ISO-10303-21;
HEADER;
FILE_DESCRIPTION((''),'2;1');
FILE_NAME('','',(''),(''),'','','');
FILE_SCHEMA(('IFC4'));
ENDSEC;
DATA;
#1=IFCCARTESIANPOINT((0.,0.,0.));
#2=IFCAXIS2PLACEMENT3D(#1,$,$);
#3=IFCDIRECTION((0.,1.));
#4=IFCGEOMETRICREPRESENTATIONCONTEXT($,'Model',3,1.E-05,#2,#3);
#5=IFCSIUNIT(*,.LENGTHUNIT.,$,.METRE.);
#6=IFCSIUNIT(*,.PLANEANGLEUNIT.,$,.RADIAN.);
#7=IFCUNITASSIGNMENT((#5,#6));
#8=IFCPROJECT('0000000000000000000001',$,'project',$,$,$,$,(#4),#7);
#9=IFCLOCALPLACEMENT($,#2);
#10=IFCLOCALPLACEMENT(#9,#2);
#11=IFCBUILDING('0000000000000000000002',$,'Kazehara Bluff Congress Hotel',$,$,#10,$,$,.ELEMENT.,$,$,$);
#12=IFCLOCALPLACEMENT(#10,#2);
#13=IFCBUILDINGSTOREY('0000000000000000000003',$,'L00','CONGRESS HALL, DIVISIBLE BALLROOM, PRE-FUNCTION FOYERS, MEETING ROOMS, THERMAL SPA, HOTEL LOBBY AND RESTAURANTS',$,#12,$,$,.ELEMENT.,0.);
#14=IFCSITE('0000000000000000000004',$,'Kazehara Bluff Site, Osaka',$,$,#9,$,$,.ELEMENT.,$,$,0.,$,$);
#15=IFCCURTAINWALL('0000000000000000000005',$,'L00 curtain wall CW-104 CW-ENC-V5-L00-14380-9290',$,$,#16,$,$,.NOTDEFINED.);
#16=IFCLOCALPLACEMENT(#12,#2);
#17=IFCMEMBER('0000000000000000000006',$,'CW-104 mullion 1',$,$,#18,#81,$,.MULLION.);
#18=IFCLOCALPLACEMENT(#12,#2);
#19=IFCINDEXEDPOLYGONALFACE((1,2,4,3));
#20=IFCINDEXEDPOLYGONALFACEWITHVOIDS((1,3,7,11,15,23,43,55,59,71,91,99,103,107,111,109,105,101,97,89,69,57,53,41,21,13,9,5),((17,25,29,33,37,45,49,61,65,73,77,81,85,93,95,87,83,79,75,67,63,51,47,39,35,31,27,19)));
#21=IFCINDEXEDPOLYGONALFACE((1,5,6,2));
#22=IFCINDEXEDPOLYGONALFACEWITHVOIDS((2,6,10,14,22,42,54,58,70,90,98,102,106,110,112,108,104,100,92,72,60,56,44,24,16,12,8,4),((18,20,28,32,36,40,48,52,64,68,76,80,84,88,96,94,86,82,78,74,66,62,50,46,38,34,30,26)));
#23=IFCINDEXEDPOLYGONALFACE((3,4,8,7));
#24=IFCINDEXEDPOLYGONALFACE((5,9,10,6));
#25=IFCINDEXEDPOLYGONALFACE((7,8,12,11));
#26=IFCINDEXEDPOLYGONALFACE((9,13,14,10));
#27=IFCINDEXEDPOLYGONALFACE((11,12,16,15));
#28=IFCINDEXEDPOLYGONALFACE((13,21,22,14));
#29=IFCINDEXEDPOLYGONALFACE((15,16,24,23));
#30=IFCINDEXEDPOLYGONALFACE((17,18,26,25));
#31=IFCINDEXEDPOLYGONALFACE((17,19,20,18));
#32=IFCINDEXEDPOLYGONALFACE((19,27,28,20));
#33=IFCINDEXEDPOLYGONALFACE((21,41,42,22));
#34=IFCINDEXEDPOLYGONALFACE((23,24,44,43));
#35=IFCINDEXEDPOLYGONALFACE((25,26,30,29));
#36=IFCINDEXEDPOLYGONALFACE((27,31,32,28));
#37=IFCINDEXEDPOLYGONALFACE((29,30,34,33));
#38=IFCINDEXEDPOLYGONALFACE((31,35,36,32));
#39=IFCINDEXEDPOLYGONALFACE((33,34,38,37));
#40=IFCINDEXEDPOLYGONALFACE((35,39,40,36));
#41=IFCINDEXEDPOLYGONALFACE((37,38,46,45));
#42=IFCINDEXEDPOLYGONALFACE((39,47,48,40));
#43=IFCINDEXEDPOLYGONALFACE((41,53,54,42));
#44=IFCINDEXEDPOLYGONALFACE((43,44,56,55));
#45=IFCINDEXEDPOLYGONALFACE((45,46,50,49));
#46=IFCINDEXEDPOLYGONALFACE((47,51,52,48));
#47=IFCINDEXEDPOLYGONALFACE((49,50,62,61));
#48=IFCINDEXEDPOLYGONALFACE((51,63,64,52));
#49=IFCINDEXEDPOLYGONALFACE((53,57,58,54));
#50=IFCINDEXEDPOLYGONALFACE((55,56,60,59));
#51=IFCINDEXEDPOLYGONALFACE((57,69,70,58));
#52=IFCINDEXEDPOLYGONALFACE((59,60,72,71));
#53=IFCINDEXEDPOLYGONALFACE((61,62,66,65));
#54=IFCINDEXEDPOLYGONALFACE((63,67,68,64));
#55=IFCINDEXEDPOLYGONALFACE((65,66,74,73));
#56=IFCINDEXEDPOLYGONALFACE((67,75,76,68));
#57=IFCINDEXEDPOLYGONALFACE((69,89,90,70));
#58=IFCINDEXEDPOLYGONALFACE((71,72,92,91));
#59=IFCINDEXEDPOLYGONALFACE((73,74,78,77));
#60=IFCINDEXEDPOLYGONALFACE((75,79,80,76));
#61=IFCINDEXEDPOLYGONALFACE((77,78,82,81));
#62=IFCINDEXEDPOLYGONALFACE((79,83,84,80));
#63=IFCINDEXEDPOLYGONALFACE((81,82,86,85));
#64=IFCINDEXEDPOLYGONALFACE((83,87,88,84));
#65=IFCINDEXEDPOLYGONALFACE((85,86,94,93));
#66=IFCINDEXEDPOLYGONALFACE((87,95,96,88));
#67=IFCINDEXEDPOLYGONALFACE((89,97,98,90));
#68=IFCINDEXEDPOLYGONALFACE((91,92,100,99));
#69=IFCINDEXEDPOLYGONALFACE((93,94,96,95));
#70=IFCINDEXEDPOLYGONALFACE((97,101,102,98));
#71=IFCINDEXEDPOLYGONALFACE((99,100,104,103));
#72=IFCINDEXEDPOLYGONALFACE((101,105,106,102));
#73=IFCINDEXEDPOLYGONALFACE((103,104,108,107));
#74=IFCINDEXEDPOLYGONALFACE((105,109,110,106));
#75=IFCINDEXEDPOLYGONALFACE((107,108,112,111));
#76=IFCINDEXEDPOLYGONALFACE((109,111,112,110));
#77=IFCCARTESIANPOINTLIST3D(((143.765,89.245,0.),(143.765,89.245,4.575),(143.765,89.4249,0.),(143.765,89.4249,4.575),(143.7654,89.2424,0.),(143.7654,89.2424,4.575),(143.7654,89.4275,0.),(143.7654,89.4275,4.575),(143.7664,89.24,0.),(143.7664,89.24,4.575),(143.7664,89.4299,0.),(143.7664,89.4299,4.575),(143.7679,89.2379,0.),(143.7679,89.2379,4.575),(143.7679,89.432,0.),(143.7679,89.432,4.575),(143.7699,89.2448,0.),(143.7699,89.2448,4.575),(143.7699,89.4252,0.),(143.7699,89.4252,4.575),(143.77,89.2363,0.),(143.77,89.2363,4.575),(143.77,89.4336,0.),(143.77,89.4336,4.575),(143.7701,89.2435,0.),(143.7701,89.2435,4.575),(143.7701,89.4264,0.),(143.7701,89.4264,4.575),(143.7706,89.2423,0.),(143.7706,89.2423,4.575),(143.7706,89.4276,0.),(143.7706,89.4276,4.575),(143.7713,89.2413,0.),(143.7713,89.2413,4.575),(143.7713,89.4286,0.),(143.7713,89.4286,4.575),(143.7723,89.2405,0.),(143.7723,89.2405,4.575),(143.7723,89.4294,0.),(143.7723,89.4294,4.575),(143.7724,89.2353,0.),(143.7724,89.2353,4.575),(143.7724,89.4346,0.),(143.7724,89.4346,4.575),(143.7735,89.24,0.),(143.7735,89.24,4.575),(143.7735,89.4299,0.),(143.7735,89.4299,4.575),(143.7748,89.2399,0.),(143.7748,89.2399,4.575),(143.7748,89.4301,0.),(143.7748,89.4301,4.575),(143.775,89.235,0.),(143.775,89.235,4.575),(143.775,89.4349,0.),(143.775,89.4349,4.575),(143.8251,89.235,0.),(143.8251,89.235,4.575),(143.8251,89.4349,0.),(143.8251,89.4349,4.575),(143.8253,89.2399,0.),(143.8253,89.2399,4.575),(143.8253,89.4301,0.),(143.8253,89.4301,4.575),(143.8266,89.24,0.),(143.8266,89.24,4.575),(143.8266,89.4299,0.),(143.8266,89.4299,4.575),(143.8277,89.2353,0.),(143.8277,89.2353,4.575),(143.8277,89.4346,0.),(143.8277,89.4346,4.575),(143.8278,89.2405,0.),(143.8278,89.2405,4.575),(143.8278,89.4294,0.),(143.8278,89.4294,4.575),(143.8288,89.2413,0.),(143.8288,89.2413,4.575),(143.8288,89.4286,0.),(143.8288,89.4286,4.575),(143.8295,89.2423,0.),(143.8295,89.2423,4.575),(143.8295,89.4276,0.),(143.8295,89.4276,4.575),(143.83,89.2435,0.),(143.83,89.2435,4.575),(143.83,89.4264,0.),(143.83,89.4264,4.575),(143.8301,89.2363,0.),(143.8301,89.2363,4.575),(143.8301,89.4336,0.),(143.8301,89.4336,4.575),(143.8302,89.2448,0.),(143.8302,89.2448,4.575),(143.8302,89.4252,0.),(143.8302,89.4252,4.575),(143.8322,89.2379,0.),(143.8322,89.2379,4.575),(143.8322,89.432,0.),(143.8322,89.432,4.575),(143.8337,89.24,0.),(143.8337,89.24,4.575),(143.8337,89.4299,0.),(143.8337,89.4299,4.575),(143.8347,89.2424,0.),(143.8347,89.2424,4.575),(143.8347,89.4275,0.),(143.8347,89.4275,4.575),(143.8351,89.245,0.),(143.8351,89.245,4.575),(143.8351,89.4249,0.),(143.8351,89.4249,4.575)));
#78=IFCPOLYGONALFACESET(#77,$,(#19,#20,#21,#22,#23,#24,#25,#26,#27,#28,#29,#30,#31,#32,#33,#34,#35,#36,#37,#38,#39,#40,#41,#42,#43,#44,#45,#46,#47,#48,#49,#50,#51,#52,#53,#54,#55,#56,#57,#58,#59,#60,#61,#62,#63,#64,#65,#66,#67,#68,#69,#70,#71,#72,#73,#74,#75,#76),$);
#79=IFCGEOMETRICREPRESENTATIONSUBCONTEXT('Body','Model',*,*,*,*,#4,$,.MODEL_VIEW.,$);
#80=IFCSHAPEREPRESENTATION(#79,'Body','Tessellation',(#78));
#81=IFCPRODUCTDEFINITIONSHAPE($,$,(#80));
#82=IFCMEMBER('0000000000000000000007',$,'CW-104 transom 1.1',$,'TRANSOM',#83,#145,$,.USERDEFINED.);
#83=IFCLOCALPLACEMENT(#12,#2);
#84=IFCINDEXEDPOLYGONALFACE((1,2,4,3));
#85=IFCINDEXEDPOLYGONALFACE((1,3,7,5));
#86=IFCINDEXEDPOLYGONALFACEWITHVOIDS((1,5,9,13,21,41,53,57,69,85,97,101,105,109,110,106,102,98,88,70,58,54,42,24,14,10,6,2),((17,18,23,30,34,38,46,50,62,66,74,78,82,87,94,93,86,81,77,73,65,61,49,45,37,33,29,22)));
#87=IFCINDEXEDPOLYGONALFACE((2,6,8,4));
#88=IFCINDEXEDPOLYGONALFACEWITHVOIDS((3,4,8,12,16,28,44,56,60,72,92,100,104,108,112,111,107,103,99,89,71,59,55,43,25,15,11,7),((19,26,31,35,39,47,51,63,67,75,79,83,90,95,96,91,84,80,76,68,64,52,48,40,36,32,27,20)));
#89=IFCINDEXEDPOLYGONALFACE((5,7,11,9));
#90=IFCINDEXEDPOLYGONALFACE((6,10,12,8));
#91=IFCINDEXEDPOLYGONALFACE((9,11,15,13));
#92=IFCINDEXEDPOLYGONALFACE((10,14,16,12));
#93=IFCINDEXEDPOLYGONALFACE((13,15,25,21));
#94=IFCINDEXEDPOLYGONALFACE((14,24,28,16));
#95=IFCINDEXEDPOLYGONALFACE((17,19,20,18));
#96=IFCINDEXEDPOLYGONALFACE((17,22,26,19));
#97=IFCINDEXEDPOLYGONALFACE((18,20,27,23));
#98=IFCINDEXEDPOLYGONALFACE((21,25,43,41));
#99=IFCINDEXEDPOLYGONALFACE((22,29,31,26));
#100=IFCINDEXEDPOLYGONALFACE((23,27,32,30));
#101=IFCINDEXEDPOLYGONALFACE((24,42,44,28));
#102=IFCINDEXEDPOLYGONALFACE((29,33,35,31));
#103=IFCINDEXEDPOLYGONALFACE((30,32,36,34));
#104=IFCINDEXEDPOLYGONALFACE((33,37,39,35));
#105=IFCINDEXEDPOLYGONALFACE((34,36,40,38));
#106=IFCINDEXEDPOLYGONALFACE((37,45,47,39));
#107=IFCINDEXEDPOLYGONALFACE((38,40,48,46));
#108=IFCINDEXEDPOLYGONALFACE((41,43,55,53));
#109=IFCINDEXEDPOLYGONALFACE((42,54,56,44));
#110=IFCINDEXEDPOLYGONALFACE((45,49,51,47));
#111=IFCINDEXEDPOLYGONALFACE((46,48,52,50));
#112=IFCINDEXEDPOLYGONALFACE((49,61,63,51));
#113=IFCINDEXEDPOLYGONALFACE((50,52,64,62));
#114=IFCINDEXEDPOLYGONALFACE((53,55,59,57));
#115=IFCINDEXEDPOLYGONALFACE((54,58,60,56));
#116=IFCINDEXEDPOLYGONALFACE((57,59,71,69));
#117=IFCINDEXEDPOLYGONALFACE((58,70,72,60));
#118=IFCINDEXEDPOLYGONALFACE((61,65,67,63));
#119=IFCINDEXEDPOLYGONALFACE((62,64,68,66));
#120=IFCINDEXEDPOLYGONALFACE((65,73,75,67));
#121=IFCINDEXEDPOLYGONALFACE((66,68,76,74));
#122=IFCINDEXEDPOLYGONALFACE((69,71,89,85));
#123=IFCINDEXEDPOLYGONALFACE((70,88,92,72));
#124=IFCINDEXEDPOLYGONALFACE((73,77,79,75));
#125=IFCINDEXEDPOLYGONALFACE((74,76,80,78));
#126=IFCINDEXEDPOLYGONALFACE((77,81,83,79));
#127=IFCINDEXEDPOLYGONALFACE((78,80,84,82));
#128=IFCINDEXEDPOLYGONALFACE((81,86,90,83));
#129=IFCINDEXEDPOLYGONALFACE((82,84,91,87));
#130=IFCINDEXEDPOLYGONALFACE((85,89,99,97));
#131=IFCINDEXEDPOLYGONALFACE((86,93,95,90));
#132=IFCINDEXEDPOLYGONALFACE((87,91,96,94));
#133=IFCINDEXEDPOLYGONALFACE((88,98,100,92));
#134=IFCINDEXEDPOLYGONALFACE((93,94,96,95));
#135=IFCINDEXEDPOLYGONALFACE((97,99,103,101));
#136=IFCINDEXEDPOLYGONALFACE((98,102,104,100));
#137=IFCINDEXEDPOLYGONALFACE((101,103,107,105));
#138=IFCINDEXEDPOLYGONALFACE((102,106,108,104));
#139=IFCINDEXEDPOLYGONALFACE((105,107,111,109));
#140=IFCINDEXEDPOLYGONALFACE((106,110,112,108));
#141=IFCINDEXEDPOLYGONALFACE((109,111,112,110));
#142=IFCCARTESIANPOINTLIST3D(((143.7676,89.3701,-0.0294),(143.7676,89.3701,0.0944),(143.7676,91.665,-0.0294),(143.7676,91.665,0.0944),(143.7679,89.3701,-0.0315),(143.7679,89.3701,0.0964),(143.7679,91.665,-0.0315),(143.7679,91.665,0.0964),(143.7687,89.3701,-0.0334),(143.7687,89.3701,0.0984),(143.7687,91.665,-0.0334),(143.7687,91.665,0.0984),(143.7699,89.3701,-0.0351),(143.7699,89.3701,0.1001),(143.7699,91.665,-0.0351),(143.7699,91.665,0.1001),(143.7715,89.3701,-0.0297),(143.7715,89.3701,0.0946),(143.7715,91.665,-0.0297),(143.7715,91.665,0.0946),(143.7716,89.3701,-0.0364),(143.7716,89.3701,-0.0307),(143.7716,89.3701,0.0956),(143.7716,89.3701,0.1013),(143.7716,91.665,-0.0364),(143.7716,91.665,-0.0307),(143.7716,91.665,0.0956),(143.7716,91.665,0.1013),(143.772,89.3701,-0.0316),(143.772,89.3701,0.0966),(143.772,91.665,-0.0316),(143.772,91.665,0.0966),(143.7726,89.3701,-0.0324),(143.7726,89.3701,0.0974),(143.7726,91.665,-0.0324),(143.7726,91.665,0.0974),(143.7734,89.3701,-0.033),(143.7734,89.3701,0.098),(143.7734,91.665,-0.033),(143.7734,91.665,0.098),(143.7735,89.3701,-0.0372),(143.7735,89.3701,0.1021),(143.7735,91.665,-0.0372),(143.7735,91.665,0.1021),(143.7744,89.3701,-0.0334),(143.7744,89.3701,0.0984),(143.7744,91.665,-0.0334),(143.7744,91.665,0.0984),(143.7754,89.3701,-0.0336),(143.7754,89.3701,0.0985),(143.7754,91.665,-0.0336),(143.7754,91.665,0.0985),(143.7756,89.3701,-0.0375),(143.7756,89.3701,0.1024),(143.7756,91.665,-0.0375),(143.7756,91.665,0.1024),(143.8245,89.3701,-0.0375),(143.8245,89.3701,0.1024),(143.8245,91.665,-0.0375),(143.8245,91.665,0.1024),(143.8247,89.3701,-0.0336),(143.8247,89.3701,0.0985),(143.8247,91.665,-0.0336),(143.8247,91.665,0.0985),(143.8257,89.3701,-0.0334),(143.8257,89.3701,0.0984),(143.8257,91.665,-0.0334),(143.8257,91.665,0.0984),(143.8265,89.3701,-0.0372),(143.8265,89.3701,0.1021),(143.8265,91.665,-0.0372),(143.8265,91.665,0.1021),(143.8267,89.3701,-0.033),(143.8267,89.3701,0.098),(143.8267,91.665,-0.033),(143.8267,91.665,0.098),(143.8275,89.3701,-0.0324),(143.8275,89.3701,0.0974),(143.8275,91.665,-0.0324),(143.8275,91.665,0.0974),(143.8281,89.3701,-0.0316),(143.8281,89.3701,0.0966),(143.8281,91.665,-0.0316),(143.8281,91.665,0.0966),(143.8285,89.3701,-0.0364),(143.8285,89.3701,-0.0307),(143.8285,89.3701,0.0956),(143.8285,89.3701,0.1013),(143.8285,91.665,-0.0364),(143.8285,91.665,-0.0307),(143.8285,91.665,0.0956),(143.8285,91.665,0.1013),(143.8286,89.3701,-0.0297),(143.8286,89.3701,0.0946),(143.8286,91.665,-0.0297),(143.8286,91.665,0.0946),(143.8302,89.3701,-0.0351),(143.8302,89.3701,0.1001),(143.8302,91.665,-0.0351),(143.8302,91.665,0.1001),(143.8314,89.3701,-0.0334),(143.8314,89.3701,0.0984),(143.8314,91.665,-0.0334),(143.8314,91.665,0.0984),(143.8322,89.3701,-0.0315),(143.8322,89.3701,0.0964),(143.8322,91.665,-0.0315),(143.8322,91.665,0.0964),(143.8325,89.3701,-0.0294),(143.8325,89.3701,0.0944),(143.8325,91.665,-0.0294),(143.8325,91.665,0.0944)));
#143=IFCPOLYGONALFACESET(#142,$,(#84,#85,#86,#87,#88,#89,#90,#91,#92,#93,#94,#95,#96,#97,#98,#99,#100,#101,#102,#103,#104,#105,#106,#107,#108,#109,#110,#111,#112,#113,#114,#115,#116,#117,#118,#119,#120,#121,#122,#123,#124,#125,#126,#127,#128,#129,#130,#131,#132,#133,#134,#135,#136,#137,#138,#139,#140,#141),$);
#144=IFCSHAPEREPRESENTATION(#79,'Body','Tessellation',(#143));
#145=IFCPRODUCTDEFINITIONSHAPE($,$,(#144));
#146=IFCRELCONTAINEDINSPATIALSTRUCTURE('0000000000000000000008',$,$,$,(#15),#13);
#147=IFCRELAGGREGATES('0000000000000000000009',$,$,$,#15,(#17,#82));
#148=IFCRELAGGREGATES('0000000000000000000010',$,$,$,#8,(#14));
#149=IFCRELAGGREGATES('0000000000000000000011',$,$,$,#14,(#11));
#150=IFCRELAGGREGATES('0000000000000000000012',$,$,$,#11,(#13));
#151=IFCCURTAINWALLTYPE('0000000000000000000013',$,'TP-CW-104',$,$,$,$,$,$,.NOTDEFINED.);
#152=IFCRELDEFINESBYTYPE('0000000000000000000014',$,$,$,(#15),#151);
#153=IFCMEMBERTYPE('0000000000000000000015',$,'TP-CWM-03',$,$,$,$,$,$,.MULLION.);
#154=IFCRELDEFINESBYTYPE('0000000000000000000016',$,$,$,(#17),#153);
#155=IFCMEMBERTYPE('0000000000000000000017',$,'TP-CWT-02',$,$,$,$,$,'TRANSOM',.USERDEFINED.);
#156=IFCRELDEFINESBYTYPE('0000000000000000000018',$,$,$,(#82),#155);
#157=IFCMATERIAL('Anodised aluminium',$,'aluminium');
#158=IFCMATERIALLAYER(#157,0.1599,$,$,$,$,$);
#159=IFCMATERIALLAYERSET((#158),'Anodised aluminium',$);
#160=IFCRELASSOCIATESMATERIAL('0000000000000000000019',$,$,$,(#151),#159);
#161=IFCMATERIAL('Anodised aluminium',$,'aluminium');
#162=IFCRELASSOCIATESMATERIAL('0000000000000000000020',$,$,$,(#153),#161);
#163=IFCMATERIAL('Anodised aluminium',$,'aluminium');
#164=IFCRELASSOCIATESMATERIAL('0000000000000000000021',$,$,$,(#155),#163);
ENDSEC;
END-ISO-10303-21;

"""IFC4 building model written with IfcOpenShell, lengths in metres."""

from ifc_helpers import new_model, si_unit, direction, frame, origin, origin_2d, place, context, subcontext, project, spatial, hollow_rectangle, extrude, material, layer, layer_set, material_profile, profile_set, type_object, element, aggregate, save


model = new_model("IFC4")

# Units and contexts
model_context = context("Model", 3, precision=1e-05, world=origin(), true_north=direction((0.0, 1.0)))
body_context = subcontext(model_context, "Body", "Model", "MODEL_VIEW")
ifc_project = project(units=[si_unit("LENGTHUNIT", "METRE"), si_unit("PLANEANGLEUNIT", "RADIAN")], contexts=[model_context])

# Site, building, storey
site_placement = place(None, origin())
site = spatial("IfcSite", under=ifc_project, at=site_placement, Name="Kazehara Bluff Site, Osaka", CompositionType="ELEMENT", RefElevation=0.0)
building_placement = place(site_placement, origin())
building = spatial("IfcBuilding", under=site, at=building_placement, Name="Kazehara Bluff Congress Hotel", CompositionType="ELEMENT")
storey_placement = place(building_placement, origin())
storey = spatial("IfcBuildingStorey", under=building, at=storey_placement, Name="L00", Description="CONGRESS HALL, DIVISIBLE BALLROOM, PRE-FUNCTION FOYERS, MEETING ROOMS, THERMAL SPA, HOTEL LOBBY AND RESTAURANTS", CompositionType="ELEMENT", Elevation=0.0)

# Curtain wall, members
ifc_material_1 = material(Name="Anodised aluminium", Category="aluminium")
ifc_layer_1 = layer(ifc_material_1, 0.1599)
ifc_layer_set_1 = layer_set([ifc_layer_1], Name="Anodised aluminium")
curtain_wall_type = type_object("IfcCurtainWallType", Name="TP-CW-104", PredefinedType="NOTDEFINED", material=ifc_layer_set_1)
curtain_wall_placement = place(storey_placement, origin())
curtain_wall = element("IfcCurtainWall", 1, at=curtain_wall_placement, inside=storey, type_object=curtain_wall_type, Name="L00 curtain wall CW-104 CW-ENC-V5-L00-14380-9290", PredefinedType="NOTDEFINED")
ifc_material_2 = material(Name="Anodised aluminium", Category="aluminium")
ifc_material_profile_1 = material_profile(ifc_material_2, hollow_rectangle(XDim=0.0701, YDim=0.2, WallThickness=0.0049, InnerFilletRadius=0.0049, OuterFilletRadius=0.01, at=origin_2d()))
ifc_profile_set_1 = profile_set([ifc_material_profile_1], Name="Anodised aluminium")
member_type_1 = type_object("IfcMemberType", Name="TP-CWM-03", PredefinedType="MULLION", material=ifc_profile_set_1)
member_1_placement = place(storey_placement, frame((143.8, 89.335, 0.0), z_axis=(0.0, 0.0, 1.0), x_axis=(-1.0, 0.0, 0.0)))
member_1 = element("IfcMember", 2, at=member_1_placement, type_object=member_type_1, Name="CW-104 mullion 1", PredefinedType="MULLION", context=body_context, shape_type="SweptSolid", body=[
    extrude(hollow_rectangle(XDim=0.0701, YDim=0.2, WallThickness=0.0049, InnerFilletRadius=0.0049, OuterFilletRadius=0.01, at=origin_2d()), origin(), (0.0, 0.0, 1.0), 4.575),
])
ifc_material_3 = material(Name="Anodised aluminium", Category="aluminium")
ifc_material_profile_2 = material_profile(ifc_material_3, hollow_rectangle(XDim=0.0649, YDim=0.1399, WallThickness=0.0039, InnerFilletRadius=0.0039, OuterFilletRadius=0.0081, at=origin_2d()))
ifc_profile_set_2 = profile_set([ifc_material_profile_2], Name="Anodised aluminium")
member_type_2 = type_object("IfcMemberType", Name="TP-CWT-02", ElementType="TRANSOM", PredefinedType="USERDEFINED", material=ifc_profile_set_2)
member_2_placement = place(storey_placement, frame((143.8, 89.3701, 0.0325), z_axis=(0.0, 1.0, 0.0), x_axis=(-1.0, 0.0, 0.0)))
member_2 = element("IfcMember", 3, at=member_2_placement, type_object=member_type_2, Name="CW-104 transom 1.1", ObjectType="TRANSOM", PredefinedType="USERDEFINED", context=body_context, shape_type="SweptSolid", body=[
    extrude(hollow_rectangle(XDim=0.0649, YDim=0.1399, WallThickness=0.0039, InnerFilletRadius=0.0039, OuterFilletRadius=0.0081, at=origin_2d()), origin(), (0.0, 0.0, 1.0), 2.2949),
])

aggregate(curtain_wall, [member_1, member_2])

save(model, "model.ifc")
